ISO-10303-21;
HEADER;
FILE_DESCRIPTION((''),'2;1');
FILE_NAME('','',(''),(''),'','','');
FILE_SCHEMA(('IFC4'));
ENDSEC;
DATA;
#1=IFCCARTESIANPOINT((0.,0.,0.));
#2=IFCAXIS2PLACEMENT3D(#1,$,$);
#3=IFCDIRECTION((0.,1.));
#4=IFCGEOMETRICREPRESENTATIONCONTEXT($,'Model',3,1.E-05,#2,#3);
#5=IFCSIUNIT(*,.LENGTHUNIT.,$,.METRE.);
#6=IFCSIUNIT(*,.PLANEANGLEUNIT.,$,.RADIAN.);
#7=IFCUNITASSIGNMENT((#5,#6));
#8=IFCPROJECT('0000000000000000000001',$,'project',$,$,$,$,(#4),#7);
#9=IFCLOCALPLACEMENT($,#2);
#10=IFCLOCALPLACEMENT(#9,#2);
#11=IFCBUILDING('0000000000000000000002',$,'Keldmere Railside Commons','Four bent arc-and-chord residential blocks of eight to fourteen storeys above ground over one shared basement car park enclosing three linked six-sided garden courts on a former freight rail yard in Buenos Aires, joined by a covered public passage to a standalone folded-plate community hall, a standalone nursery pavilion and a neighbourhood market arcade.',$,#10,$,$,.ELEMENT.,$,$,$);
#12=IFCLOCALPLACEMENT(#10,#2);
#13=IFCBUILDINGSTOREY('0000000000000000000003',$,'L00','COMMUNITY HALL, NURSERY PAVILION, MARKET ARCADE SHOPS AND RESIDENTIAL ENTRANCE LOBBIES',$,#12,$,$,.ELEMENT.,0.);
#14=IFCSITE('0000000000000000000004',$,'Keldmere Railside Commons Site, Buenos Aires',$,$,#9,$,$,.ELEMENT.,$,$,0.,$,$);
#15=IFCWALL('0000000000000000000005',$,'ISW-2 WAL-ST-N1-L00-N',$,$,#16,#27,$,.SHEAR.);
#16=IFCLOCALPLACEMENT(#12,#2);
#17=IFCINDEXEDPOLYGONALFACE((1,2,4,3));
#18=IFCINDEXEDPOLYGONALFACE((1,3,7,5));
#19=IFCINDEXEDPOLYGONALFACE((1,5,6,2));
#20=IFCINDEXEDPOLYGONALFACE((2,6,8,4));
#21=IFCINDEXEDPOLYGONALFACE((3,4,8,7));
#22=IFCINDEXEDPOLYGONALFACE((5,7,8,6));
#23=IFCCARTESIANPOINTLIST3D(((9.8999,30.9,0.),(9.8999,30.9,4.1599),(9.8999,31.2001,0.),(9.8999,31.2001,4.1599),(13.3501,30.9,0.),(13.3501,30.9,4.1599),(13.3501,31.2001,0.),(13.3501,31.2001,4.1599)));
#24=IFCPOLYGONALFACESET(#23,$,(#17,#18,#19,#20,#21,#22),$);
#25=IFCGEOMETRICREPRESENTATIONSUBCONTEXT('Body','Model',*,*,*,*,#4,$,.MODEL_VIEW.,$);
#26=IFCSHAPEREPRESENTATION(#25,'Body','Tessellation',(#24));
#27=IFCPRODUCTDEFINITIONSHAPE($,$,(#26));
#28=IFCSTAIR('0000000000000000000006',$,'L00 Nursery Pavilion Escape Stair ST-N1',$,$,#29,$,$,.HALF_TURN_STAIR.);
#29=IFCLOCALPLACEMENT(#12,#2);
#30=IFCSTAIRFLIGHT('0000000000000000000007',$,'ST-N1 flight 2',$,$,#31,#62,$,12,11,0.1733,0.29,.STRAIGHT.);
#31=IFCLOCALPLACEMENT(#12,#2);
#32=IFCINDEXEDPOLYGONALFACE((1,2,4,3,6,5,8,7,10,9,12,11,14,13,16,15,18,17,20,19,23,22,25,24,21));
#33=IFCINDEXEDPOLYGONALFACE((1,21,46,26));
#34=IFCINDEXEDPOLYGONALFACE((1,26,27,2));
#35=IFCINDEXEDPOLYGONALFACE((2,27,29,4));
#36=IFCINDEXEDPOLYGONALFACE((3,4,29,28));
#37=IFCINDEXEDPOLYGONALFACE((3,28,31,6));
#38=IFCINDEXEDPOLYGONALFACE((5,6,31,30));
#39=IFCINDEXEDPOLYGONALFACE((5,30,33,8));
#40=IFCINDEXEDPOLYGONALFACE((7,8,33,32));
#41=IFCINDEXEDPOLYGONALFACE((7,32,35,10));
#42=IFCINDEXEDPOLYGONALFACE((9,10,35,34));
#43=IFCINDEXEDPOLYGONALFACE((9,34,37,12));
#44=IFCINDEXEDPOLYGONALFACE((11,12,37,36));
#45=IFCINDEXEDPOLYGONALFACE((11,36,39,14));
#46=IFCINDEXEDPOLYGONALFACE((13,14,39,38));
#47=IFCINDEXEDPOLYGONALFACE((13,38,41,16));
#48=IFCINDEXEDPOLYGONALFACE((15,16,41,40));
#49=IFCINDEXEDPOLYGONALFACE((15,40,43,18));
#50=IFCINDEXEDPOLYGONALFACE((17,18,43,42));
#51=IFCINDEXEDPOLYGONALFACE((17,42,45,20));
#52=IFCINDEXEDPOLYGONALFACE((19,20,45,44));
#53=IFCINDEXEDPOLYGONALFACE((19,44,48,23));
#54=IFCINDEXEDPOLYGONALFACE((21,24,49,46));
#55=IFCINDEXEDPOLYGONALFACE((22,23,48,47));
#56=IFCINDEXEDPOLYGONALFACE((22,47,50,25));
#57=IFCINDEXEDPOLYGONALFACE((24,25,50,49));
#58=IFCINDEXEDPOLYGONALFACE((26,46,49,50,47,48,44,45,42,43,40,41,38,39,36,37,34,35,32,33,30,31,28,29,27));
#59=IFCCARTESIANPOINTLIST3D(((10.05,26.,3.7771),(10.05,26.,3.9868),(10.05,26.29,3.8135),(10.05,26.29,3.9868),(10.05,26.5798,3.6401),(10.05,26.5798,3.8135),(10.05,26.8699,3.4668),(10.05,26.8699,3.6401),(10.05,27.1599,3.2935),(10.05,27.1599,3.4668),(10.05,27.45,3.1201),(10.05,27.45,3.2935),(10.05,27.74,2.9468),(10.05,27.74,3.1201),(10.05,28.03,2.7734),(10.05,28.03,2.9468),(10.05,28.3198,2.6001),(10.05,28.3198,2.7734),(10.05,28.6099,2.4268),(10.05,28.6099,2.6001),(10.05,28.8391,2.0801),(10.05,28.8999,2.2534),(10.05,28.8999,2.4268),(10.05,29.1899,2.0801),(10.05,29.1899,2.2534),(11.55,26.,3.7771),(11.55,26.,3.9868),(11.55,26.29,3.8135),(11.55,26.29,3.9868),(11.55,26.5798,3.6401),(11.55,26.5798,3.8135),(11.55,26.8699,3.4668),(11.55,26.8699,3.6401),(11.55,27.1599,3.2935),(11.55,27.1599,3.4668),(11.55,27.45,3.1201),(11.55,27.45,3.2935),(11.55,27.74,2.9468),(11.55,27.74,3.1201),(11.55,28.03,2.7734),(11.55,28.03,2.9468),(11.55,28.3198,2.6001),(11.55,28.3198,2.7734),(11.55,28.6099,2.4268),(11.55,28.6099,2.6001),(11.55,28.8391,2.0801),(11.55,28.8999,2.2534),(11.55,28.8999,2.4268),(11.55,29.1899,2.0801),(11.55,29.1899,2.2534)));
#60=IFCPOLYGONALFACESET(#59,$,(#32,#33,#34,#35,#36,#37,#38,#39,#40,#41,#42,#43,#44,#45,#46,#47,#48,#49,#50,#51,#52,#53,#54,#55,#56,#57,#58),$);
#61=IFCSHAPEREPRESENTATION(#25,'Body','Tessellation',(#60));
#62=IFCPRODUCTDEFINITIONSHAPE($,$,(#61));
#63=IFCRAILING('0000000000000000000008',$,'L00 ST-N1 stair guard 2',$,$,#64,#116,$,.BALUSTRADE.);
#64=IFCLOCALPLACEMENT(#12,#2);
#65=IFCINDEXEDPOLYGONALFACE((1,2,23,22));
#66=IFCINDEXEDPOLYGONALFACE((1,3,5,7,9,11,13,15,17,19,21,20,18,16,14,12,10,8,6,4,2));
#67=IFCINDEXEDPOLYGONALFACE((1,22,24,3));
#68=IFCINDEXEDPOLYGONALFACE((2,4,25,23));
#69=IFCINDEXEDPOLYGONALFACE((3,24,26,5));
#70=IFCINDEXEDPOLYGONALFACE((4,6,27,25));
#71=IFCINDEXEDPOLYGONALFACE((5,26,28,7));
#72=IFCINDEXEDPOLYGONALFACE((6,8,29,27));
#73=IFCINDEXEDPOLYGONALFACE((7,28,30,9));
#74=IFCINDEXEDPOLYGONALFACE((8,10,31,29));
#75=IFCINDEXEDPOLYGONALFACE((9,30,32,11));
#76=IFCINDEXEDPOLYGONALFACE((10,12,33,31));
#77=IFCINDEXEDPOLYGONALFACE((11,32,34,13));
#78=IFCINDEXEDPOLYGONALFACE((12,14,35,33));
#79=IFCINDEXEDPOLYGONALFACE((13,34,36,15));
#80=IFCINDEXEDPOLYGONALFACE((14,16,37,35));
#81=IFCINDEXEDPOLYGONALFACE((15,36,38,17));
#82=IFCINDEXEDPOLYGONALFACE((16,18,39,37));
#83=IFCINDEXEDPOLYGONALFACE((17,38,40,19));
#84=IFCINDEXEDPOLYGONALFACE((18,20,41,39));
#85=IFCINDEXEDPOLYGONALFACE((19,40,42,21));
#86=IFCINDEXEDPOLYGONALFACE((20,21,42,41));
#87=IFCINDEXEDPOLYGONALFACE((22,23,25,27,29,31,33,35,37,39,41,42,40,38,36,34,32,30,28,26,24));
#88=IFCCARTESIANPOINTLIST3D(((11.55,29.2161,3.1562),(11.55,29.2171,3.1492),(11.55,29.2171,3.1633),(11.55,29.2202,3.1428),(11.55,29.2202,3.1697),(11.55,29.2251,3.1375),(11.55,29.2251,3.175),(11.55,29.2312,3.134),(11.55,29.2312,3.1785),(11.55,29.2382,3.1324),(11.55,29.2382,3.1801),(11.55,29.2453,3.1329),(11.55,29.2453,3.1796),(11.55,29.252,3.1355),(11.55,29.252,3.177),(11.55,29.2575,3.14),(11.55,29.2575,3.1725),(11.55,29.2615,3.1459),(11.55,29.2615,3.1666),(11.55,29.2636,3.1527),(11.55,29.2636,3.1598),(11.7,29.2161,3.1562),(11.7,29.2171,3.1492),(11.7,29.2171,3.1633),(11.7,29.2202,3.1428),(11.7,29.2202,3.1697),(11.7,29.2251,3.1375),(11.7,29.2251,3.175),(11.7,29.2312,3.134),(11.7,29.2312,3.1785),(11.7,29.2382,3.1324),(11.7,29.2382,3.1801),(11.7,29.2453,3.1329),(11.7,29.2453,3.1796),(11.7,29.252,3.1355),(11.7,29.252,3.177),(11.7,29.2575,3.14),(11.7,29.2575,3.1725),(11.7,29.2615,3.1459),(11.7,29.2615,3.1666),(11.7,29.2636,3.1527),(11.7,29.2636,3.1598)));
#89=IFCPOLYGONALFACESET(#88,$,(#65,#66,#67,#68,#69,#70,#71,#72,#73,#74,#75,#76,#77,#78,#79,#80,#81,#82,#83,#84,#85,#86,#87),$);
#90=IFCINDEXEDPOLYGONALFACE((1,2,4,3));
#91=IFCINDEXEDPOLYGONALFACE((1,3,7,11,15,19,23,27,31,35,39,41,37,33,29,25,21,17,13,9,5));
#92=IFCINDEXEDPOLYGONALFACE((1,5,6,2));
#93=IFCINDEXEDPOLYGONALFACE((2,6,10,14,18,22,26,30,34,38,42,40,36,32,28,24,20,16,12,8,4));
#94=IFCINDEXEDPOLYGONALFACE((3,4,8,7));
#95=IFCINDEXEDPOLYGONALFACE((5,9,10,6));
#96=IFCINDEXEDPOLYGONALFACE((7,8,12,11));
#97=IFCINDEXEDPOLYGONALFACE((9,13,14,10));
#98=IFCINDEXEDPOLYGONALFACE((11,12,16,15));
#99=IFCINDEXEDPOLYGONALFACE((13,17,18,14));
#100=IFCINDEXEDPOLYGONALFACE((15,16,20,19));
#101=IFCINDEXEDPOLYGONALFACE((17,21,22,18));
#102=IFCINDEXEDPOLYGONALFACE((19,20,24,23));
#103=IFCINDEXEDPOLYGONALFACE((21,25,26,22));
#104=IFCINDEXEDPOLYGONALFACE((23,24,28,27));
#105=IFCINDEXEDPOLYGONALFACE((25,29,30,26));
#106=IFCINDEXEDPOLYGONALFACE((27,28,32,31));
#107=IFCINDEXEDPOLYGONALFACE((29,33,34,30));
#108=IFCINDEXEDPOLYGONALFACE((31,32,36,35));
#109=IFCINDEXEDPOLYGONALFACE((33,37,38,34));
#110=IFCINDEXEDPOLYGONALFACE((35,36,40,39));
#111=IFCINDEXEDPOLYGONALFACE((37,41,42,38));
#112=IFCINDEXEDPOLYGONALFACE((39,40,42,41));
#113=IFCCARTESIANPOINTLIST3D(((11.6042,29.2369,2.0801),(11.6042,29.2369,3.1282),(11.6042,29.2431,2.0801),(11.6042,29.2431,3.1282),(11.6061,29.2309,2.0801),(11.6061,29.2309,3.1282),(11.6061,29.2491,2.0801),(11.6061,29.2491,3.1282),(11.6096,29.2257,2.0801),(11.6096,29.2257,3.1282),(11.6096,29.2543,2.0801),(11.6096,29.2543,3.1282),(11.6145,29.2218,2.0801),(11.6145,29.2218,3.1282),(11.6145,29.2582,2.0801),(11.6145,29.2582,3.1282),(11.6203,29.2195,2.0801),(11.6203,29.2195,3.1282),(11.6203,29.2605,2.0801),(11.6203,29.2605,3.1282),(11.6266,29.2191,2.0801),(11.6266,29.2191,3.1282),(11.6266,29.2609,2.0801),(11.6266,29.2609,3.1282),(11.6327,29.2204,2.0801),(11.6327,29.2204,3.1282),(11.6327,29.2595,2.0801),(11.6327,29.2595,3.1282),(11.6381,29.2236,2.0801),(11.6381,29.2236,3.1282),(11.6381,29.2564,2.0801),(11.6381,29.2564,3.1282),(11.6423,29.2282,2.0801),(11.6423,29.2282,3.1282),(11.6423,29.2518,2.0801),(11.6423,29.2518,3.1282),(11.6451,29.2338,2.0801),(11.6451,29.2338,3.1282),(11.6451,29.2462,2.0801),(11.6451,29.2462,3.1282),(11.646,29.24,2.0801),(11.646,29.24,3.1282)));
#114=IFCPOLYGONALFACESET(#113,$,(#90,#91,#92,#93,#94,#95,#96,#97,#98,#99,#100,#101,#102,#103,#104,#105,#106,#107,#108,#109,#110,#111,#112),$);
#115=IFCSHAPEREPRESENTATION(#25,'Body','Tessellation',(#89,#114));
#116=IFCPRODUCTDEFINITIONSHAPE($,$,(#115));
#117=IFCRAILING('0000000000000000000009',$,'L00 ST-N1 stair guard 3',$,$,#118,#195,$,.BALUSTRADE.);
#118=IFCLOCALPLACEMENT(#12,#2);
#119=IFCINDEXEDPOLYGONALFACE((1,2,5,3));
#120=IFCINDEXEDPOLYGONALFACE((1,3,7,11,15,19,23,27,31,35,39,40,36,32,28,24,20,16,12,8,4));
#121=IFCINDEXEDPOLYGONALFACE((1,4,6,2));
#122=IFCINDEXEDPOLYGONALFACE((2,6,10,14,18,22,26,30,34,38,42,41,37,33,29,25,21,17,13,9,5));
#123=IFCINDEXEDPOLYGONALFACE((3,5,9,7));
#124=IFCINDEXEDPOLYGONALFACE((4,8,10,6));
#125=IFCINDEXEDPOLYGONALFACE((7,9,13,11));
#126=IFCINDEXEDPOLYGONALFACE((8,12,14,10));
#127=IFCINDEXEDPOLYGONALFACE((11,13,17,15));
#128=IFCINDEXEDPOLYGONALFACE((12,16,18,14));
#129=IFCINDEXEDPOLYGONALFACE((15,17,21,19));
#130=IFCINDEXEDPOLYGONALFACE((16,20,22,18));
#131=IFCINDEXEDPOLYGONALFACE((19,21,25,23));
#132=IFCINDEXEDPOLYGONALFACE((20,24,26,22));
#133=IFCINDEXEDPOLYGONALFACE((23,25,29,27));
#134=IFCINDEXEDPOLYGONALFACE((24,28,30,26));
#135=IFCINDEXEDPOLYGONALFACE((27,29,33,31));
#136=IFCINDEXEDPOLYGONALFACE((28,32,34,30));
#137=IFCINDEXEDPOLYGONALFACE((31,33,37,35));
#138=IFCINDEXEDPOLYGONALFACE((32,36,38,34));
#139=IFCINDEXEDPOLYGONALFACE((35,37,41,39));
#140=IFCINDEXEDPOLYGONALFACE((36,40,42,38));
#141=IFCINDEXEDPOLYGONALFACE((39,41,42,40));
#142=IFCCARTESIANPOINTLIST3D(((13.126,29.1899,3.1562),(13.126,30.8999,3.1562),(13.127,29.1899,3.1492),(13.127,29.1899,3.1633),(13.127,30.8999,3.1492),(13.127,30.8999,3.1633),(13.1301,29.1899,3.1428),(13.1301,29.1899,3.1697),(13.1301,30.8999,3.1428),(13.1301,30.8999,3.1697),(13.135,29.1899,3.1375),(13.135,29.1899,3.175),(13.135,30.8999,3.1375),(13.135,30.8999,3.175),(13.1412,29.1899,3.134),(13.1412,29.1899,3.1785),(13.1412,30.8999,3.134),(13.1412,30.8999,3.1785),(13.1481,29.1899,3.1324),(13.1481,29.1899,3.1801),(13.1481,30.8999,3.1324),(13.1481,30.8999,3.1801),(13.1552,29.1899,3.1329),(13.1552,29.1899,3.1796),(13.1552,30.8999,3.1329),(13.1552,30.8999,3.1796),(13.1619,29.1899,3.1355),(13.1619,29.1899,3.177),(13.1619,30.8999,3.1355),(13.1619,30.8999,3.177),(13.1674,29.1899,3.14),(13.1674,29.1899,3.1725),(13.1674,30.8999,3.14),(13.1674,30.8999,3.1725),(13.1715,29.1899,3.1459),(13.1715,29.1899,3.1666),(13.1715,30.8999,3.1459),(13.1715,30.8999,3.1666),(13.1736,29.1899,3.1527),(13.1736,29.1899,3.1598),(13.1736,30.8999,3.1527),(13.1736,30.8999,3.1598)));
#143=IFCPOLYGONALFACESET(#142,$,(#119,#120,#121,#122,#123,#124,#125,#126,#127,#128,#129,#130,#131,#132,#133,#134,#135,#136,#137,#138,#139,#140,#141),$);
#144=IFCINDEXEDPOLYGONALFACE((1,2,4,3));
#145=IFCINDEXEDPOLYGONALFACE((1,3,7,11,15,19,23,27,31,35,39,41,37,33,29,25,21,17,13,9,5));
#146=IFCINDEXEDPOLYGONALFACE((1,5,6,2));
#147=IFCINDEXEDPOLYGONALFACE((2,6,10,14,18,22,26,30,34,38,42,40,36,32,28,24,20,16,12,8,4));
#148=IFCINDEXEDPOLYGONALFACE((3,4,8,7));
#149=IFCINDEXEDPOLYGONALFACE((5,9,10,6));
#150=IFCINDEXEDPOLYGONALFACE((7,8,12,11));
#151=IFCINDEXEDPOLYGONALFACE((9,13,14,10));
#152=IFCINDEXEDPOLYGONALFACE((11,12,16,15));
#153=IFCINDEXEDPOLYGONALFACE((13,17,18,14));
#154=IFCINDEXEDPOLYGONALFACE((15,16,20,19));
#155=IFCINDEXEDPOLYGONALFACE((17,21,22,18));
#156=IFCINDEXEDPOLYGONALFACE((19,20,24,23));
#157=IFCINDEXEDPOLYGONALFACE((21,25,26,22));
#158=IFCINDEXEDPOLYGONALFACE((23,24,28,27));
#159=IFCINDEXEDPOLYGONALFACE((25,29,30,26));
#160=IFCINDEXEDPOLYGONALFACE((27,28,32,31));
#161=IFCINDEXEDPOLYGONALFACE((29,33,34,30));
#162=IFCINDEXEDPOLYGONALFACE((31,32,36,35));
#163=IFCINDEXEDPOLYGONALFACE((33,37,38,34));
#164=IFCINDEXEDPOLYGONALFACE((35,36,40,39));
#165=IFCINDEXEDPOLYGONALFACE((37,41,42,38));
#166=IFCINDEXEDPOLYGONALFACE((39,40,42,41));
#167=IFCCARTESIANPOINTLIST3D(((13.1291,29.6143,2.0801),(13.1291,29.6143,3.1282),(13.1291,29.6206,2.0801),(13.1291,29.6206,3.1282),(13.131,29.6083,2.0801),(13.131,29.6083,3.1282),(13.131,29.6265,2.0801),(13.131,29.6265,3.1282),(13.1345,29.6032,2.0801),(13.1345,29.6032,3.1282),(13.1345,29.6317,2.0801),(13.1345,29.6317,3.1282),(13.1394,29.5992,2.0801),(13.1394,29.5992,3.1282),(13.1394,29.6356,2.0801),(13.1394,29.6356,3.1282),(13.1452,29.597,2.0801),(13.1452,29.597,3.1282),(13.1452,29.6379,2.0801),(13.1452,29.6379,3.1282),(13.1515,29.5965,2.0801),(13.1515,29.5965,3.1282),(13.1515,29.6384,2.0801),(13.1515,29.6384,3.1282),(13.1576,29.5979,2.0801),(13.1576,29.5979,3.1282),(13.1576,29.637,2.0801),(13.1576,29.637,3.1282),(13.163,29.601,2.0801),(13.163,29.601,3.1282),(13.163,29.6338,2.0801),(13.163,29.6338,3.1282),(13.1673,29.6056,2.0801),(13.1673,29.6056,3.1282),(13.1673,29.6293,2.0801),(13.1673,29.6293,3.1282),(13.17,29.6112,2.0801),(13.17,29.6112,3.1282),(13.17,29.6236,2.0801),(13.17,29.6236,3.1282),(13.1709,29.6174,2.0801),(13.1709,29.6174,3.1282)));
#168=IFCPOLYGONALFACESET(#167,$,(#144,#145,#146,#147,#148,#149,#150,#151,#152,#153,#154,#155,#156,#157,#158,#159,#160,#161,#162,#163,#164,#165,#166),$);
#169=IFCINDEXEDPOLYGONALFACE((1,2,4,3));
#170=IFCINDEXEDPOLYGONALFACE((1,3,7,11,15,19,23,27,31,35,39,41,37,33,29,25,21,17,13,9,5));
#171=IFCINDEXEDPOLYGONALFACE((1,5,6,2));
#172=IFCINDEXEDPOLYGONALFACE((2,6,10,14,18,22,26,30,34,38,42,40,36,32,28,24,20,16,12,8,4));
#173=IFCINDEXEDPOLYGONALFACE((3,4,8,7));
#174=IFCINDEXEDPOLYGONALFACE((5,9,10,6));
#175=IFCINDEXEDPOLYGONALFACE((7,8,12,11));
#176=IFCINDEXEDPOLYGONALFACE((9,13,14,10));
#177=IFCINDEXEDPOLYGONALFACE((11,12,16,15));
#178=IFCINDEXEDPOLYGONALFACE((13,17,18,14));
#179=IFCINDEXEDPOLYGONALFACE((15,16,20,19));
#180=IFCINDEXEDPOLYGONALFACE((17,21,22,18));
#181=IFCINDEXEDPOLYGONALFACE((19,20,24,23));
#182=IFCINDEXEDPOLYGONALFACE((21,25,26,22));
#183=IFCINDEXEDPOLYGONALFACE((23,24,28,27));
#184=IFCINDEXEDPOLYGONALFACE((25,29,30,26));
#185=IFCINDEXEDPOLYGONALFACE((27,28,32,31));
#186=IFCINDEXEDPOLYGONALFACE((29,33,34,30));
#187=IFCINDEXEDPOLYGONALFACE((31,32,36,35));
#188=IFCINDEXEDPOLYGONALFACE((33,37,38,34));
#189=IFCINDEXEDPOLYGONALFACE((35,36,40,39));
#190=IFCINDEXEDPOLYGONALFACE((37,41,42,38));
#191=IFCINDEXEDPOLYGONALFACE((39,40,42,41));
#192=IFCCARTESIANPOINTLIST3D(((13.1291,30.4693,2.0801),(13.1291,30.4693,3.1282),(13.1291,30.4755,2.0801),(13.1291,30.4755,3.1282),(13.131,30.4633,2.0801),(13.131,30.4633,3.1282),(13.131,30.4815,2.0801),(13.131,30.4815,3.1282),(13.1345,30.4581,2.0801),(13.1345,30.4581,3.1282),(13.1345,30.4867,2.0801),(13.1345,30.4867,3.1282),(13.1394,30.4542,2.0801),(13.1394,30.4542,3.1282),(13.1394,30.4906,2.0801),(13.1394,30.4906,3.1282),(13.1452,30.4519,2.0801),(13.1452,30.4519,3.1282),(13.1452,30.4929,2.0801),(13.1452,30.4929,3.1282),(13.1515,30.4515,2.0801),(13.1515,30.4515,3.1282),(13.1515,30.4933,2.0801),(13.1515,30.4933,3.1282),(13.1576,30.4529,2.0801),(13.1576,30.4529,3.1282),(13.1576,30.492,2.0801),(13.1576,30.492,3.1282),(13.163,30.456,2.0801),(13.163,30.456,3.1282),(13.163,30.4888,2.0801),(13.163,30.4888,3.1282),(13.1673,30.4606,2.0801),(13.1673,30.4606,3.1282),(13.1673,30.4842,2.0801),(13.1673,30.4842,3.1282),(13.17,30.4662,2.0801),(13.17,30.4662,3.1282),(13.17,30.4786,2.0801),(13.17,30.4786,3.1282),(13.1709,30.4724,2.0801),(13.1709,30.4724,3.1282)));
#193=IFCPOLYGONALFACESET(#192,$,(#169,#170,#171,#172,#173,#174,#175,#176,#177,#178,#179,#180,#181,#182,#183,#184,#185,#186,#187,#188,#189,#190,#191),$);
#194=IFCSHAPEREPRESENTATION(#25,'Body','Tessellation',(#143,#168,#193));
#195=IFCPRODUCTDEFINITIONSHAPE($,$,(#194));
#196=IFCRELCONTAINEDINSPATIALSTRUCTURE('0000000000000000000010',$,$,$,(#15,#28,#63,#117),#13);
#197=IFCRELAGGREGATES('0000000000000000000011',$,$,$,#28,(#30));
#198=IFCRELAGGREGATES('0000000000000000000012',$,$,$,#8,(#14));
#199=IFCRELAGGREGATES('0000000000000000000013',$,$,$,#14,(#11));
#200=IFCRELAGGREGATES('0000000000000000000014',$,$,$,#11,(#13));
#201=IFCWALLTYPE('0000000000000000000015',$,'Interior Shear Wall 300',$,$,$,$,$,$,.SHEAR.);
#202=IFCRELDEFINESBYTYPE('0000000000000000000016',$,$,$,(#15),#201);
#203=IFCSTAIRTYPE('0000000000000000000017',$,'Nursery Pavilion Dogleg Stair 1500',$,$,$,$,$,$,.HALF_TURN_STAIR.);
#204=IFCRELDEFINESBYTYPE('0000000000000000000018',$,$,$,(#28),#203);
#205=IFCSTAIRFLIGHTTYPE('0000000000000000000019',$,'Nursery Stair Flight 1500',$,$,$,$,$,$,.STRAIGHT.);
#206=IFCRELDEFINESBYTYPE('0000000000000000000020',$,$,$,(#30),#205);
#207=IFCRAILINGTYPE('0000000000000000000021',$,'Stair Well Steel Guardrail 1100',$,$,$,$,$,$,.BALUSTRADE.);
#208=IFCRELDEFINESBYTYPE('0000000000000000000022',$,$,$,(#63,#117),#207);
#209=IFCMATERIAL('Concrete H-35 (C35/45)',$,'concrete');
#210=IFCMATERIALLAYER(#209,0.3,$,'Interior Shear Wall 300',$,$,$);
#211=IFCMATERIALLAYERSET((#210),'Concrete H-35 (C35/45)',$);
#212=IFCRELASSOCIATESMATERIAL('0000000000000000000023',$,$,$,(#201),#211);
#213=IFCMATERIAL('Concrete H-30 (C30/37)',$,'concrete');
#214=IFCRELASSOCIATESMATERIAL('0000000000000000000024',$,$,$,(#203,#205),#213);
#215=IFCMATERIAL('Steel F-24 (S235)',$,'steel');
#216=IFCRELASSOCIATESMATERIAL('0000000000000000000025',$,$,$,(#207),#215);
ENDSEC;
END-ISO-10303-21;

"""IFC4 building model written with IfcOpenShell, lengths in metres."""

from ifc_helpers import new_model, si_unit, direction, frame, frame_2d, origin, origin_2d, place, context, subcontext, project, spatial, polyline, rectangle, circle, outline, extrude, material, layer, layer_set, type_object, element, aggregate, save


model = new_model("IFC4")

# Units and contexts
model_context = context("Model", 3, precision=1e-05, world=origin(), true_north=direction((0.0, 1.0)))
body_context = subcontext(model_context, "Body", "Model", "MODEL_VIEW")
ifc_project = project(units=[si_unit("LENGTHUNIT", "METRE"), si_unit("PLANEANGLEUNIT", "RADIAN")], contexts=[model_context])

# Site, building, storey
site_placement = place(None, origin())
site = spatial("IfcSite", under=ifc_project, at=site_placement, Name="Keldmere Railside Commons Site, Buenos Aires", CompositionType="ELEMENT", RefElevation=0.0)
building_placement = place(site_placement, origin())
building = spatial("IfcBuilding", under=site, at=building_placement, Name="Keldmere Railside Commons", Description="Four bent arc-and-chord residential blocks of eight to fourteen storeys above ground over one shared basement car park enclosing three linked six-sided garden courts on a former freight rail yard in Buenos Aires, joined by a covered public passage to a standalone folded-plate community hall, a standalone nursery pavilion and a neighbourhood market arcade.", CompositionType="ELEMENT")
storey_placement = place(building_placement, origin())
storey = spatial("IfcBuildingStorey", under=building, at=storey_placement, Name="L00", Description="COMMUNITY HALL, NURSERY PAVILION, MARKET ARCADE SHOPS AND RESIDENTIAL ENTRANCE LOBBIES", CompositionType="ELEMENT", Elevation=0.0)

# Shared definitions
ifc_material_1 = material(Name="Concrete H-35 (C35/45)", Category="concrete")

# Shared definitions
ifc_material_2 = material(Name="Concrete H-30 (C30/37)", Category="concrete")

# Shared definitions
ifc_layer_1 = layer(ifc_material_1, 0.3, Name="Interior Shear Wall 300")
ifc_layer_set_1 = layer_set([ifc_layer_1], Name="Concrete H-35 (C35/45)")
wall_type_1 = type_object("IfcWallType", Name="Interior Shear Wall 300", PredefinedType="SHEAR", material=ifc_layer_set_1)
ifc_material_3 = material(Name="Steel F-24 (S235)", Category="steel")

# Wall
wall_1_placement = place(storey_placement, frame((9.8999, 31.05, 0.0), z_axis=(0.0, 0.0, 1.0), x_axis=(1.0, 0.0, 0.0)))
element("IfcWall", 1, at=wall_1_placement, inside=storey, type_object=wall_type_1, Name="ISW-2 WAL-ST-N1-L00-N", PredefinedType="SHEAR", context=body_context, shape_type="SweptSolid", body=[
    extrude(rectangle(XDim=3.4502, YDim=0.3, at=frame_2d((1.7251, 0.0))), origin(), (0.0, 0.0, 1.0), 4.1599),
])

# Stair, stair flight
stair_type = type_object("IfcStairType", Name="Nursery Pavilion Dogleg Stair 1500", PredefinedType="HALF_TURN_STAIR", material=ifc_material_2)
stair_placement = place(storey_placement, origin())
stair = element("IfcStair", 2, at=stair_placement, inside=storey, type_object=stair_type, Name="L00 Nursery Pavilion Escape Stair ST-N1", PredefinedType="HALF_TURN_STAIR")
stair_flight_type = type_object("IfcStairFlightType", Name="Nursery Stair Flight 1500", PredefinedType="STRAIGHT", material=ifc_material_2)
stair_flight_placement = place(storey_placement, frame((10.8, 29.1899, 2.0801), z_axis=(0.0, 0.0, 1.0), x_axis=(0.0, -1.0, 0.0)))
stair_flight = element("IfcStairFlight", 3, at=stair_flight_placement, type_object=stair_flight_type, Name="ST-N1 flight 2", NumberOfRisers=12, NumberOfTreads=11, PredefinedType="STRAIGHT", RiserHeight=0.1733, TreadLength=0.29, context=body_context, shape_type="SweptSolid", body=[
    extrude(outline(polyline([(0.0, 0.0), (0.0, 0.1733), (0.29, 0.1733), (0.29, 0.3467), (0.5801, 0.3467), (0.5801, 0.52), (0.8701, 0.52), (0.8701, 0.6934), (1.1599, 0.6934), (1.1599, 0.8667), (1.45, 0.8667), (1.45, 1.04), (1.74, 1.04), (1.74, 1.2134), (2.03, 1.2134), (2.03, 1.3867), (2.3201, 1.3867), (2.3201, 1.5601), (2.6101, 1.5601), (2.6101, 1.7334), (2.8999, 1.7334), (2.8999, 1.9067), (3.1899, 1.9067), (3.1899, 2.0801), (3.1899, 1.697), (0.3508, 0.0), (0.0, 0.0)])), frame((0.0, 0.75, 0.0), z_axis=(0.0, -1.0, 0.0), x_axis=(1.0, 0.0, 0.0)), (0.0, 0.0, 1.0), 1.5),
])
aggregate(stair, [stair_flight])

# Railings
railing_type_1 = type_object("IfcRailingType", Name="Stair Well Steel Guardrail 1100", PredefinedType="BALUSTRADE", material=ifc_material_3)
railing_1_placement = place(storey_placement, frame((11.7, 29.24, 2.0801)))
element("IfcRailing", 4, at=railing_1_placement, inside=storey, type_object=railing_type_1, Name="L00 ST-N1 stair guard 2", PredefinedType="BALUSTRADE", context=body_context, shape_type="SweptSolid", body=[
    extrude(circle(Radius=0.0239, at=origin_2d()), frame((0.0, 0.0, 1.0762), z_axis=(-1.0, 0.0, 0.0), x_axis=(0.0, -1.0, 0.0)), (0.0, 0.0, 1.0), 0.1499),
    extrude(circle(Radius=0.021, at=origin_2d()), frame((-0.075, 0.0, 0.0)), (0.0, 0.0, 1.0), 1.0481),
])
for number, where, name in (
    (5, (13.1499, 29.1899, 2.0801), "L00 ST-N1 stair guard 3"),
):
    element("IfcRailing", number, at=place(storey_placement, frame(where)), inside=storey, type_object=railing_type_1, Name=name, PredefinedType="BALUSTRADE", context=body_context, shape_type="SweptSolid", body=[
        extrude(circle(Radius=0.0239, at=origin_2d()), frame((0.0, 0.0, 1.0762), z_axis=(0.0, 1.0, 0.0), x_axis=(-1.0, 0.0, 0.0)), (0.0, 0.0, 1.0), 1.71),
        extrude(circle(Radius=0.021, at=origin_2d()), frame((0.0, 0.4275, 0.0)), (0.0, 0.0, 1.0), 1.0481),
        extrude(circle(Radius=0.021, at=origin_2d()), frame((0.0, 1.2825, 0.0)), (0.0, 0.0, 1.0), 1.0481),
    ])

save(model, "model.ifc")
